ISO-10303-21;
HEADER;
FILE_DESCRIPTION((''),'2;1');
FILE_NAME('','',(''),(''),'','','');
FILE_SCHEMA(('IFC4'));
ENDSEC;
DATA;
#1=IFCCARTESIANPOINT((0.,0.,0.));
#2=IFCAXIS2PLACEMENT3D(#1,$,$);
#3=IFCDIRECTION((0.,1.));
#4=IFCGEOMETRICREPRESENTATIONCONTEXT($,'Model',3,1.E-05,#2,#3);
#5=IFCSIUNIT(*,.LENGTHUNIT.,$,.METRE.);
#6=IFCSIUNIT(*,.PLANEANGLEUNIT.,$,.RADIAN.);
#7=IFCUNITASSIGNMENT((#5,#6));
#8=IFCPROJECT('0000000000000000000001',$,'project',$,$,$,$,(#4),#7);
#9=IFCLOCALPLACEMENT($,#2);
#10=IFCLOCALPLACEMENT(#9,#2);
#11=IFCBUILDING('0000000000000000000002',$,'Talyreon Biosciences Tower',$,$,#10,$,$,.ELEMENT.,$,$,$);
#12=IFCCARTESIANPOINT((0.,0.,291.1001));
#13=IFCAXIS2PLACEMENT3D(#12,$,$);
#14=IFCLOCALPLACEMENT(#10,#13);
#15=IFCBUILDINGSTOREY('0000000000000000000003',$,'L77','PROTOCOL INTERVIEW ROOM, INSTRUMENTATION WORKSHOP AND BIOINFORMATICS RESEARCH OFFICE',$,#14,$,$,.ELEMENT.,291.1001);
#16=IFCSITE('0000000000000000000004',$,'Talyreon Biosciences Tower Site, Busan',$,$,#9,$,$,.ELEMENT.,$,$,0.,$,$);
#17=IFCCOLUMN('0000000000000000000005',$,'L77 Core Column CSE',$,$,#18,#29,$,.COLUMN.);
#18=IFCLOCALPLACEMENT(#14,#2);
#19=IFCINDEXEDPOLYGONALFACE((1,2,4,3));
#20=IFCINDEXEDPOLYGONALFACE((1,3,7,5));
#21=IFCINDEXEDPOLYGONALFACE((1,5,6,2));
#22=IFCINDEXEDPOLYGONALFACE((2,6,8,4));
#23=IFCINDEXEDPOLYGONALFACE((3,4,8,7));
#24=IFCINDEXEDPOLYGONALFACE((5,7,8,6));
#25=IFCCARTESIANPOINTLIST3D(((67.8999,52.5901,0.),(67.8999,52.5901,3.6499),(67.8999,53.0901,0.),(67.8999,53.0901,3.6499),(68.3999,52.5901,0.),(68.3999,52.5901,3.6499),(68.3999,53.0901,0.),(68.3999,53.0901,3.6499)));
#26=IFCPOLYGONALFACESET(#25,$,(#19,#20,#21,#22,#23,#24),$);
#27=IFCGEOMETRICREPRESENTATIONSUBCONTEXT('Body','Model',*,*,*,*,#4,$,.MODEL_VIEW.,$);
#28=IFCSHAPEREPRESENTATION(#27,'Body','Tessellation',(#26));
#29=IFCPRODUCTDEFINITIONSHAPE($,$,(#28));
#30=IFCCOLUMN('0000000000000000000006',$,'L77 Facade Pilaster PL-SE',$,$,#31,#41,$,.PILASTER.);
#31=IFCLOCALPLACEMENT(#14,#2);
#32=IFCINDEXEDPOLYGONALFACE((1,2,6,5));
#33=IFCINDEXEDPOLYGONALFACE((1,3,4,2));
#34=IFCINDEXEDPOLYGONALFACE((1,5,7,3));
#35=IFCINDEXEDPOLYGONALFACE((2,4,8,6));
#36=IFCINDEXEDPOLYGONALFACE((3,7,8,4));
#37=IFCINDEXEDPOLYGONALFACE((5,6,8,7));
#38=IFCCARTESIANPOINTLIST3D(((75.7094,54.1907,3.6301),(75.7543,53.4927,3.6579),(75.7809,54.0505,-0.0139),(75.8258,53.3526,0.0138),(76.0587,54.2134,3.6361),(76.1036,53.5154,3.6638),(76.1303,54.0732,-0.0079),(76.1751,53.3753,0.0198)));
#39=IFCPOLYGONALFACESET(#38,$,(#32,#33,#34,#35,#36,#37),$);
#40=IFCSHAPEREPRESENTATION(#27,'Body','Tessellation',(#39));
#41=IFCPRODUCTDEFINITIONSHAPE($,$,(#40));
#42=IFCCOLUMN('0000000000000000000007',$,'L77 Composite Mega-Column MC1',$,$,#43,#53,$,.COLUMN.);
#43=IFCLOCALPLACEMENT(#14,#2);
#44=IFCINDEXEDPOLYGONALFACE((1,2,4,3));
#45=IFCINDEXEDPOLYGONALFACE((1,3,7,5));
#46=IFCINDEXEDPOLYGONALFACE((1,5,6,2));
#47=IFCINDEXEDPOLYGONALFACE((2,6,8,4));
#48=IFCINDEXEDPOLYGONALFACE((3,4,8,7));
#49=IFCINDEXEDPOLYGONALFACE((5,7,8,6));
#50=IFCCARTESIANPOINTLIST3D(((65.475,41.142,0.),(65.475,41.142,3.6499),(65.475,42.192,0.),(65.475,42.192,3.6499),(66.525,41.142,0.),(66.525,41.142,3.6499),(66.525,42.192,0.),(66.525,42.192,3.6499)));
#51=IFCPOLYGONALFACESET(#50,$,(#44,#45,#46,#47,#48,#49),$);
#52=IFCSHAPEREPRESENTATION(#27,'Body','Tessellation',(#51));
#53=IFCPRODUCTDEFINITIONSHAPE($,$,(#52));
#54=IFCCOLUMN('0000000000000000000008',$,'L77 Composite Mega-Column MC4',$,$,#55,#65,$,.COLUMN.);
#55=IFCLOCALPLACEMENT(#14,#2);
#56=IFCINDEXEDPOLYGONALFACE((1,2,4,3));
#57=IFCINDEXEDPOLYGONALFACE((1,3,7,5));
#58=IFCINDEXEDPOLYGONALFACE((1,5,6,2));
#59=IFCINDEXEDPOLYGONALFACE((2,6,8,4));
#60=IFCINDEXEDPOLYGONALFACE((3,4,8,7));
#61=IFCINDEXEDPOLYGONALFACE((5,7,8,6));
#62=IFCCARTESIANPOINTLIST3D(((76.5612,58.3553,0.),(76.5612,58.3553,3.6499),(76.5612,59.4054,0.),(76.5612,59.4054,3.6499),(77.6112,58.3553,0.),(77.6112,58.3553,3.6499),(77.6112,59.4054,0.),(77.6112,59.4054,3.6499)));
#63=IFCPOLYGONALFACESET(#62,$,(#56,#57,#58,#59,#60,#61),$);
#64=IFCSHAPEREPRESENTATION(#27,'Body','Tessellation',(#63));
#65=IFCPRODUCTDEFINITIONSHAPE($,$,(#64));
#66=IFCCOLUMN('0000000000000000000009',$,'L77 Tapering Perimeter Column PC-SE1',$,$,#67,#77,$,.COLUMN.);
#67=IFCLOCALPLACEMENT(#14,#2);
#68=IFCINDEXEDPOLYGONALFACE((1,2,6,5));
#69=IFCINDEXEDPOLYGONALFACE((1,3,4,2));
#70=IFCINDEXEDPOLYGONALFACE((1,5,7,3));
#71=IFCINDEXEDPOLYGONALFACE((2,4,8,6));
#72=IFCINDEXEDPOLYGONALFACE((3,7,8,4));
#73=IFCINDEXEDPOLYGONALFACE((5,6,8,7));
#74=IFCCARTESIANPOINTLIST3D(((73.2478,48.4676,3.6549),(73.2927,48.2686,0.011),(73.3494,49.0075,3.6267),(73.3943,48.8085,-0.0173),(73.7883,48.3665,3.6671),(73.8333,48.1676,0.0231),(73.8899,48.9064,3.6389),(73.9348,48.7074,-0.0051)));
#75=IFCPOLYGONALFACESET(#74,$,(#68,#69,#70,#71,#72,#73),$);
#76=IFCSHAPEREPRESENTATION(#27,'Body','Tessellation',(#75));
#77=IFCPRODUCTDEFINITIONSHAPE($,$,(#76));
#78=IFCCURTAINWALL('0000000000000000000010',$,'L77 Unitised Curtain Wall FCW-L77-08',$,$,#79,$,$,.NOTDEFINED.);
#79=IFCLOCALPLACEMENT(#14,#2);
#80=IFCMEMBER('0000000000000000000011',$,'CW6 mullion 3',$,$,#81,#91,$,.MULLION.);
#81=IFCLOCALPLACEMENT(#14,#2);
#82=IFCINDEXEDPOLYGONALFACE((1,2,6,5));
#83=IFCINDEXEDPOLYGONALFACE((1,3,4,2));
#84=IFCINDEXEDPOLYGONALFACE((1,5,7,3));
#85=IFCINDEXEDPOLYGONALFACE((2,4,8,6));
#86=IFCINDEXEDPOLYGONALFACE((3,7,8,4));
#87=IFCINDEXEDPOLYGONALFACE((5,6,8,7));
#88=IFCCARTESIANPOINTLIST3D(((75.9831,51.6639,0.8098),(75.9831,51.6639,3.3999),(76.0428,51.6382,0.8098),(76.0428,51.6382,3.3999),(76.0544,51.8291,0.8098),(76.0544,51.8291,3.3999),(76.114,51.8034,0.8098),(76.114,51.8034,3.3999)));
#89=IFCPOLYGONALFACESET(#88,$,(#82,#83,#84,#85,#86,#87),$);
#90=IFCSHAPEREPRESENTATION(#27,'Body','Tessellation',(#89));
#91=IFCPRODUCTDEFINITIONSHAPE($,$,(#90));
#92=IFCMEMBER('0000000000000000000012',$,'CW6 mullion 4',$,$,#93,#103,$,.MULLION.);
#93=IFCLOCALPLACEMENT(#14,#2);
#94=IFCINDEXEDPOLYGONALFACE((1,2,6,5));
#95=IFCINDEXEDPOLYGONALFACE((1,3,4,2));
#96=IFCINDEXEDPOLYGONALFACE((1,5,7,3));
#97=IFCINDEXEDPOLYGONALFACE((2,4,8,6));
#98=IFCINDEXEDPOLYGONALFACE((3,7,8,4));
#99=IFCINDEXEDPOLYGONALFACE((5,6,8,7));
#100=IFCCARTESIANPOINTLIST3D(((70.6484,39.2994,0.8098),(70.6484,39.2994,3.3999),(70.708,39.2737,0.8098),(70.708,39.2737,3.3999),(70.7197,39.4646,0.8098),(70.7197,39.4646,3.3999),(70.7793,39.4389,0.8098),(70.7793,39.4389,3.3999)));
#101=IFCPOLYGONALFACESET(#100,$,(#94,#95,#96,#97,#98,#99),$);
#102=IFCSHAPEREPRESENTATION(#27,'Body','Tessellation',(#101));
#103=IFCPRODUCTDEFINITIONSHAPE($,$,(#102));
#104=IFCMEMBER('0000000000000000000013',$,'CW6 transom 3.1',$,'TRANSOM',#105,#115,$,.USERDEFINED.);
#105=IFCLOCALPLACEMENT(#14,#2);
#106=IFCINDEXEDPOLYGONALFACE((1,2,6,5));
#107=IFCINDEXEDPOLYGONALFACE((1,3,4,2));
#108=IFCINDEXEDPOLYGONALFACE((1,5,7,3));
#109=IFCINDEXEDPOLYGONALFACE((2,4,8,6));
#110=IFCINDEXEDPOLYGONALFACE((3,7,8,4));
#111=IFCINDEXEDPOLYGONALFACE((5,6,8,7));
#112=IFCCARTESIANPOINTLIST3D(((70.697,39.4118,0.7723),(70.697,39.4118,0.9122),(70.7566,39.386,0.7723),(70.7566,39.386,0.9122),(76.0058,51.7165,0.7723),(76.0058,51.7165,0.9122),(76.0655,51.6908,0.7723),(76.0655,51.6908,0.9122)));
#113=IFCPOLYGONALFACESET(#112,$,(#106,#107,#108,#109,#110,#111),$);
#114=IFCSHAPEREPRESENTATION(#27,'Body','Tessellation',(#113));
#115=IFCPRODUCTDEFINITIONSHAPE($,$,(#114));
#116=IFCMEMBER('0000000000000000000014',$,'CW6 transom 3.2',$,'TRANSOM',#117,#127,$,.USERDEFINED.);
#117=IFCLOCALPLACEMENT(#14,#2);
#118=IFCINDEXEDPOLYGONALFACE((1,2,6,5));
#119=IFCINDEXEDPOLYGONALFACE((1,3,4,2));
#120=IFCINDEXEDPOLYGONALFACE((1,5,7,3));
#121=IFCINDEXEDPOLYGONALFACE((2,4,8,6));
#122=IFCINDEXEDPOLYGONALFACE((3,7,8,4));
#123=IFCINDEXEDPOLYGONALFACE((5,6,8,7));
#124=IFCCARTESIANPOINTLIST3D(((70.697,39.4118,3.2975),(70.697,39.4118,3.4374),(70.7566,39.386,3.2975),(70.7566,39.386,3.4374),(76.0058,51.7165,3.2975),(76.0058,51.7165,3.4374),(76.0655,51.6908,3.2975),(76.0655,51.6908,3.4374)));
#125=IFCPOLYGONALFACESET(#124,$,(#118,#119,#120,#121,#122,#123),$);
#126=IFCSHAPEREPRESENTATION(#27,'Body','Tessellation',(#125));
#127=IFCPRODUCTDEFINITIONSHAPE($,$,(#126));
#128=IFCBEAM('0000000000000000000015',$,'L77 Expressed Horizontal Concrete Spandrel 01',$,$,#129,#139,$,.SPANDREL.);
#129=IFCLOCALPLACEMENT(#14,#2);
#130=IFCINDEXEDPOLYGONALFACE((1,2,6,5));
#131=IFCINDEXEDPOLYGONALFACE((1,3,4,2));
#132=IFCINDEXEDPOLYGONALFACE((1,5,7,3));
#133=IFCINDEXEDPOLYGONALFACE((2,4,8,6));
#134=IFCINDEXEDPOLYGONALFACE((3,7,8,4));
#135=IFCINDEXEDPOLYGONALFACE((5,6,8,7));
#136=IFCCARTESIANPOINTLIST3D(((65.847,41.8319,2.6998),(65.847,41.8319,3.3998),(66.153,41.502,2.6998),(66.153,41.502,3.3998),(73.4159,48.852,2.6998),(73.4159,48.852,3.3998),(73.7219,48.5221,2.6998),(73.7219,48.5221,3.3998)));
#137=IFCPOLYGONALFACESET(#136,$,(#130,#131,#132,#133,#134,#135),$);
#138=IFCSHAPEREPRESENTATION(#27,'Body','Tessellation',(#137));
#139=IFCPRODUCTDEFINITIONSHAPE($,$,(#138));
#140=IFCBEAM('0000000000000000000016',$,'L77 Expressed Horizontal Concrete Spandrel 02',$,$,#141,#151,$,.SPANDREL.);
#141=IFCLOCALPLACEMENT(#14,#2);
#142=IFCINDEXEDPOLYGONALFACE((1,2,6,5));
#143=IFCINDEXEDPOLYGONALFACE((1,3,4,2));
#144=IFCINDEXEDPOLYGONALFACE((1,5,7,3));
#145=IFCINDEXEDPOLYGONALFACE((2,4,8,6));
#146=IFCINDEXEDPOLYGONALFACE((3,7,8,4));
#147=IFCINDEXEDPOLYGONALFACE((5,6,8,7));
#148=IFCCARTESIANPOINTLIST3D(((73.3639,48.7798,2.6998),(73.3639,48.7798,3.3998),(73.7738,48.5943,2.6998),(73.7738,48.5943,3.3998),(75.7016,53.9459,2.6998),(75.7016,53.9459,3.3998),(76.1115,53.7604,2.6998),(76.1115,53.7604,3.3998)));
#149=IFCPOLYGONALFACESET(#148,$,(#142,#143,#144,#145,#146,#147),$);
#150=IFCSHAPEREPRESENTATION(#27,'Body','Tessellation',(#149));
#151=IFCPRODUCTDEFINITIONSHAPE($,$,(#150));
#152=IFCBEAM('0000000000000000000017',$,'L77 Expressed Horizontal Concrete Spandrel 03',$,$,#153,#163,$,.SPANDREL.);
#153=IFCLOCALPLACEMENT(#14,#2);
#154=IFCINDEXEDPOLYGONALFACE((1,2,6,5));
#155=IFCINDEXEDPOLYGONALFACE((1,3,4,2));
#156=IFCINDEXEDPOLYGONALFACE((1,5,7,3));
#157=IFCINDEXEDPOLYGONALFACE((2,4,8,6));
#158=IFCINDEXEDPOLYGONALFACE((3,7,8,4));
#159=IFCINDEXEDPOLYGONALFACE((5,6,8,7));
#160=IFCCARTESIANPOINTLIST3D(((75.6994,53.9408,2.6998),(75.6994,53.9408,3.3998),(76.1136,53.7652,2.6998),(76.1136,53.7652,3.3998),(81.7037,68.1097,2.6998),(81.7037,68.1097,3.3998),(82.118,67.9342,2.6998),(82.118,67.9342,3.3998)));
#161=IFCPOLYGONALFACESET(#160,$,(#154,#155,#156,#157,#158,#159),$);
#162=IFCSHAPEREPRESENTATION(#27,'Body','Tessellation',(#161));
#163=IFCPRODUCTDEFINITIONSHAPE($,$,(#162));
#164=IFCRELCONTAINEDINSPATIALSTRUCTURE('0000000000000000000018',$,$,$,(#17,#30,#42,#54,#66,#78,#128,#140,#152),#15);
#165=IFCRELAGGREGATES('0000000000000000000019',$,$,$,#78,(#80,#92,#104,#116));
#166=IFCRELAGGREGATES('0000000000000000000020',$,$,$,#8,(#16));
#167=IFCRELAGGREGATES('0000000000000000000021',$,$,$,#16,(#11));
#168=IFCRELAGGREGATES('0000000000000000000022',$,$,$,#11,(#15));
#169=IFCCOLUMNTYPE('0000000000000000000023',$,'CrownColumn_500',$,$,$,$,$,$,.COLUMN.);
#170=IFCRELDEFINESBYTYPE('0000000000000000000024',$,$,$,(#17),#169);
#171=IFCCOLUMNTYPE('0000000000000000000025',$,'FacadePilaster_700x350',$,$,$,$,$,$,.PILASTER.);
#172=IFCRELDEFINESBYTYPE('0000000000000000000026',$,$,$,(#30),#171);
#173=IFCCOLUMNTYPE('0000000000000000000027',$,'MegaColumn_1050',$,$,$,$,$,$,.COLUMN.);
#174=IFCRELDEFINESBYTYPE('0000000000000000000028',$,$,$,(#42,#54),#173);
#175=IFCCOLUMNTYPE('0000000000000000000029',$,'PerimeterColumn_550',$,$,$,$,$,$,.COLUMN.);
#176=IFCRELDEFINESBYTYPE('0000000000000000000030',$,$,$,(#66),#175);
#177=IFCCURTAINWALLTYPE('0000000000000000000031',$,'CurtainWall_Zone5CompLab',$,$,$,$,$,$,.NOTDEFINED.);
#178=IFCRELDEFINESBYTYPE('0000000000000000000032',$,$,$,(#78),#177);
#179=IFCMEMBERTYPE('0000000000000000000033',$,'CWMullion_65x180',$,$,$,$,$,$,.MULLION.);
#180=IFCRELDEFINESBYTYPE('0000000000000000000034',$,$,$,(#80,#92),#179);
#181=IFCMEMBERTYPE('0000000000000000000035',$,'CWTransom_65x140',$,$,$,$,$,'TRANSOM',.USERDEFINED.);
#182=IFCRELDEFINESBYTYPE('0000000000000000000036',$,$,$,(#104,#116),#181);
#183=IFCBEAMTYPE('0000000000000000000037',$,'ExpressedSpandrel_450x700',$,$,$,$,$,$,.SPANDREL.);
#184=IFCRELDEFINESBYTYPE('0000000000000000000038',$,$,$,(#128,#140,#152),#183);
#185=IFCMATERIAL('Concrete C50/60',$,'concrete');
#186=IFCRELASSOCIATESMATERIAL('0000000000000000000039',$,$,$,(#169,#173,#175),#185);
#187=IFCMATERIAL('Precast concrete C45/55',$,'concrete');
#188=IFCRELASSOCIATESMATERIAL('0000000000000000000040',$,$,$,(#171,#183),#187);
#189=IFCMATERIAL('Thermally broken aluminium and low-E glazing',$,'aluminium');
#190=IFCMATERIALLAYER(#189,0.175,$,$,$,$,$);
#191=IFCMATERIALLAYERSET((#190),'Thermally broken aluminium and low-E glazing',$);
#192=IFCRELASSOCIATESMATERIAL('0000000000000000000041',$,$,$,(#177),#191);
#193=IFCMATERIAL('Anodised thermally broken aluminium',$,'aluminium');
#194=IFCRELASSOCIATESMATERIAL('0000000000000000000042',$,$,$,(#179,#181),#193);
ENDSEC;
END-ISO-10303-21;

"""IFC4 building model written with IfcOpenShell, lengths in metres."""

from ifc_helpers import new_model, si_unit, direction, frame, origin, origin_2d, place, context, subcontext, project, spatial, rectangle, extrude, material, layer, layer_set, material_profile, profile_set, type_object, element, aggregate, save


model = new_model("IFC4")

# Units and contexts
model_context = context("Model", 3, precision=1e-05, world=origin(), true_north=direction((0.0, 1.0)))
body_context = subcontext(model_context, "Body", "Model", "MODEL_VIEW")
ifc_project = project(units=[si_unit("LENGTHUNIT", "METRE"), si_unit("PLANEANGLEUNIT", "RADIAN")], contexts=[model_context])

# Site, building, storey
site_placement = place(None, origin())
site = spatial("IfcSite", under=ifc_project, at=site_placement, Name="Talyreon Biosciences Tower Site, Busan", CompositionType="ELEMENT", RefElevation=0.0)
building_placement = place(site_placement, origin())
building = spatial("IfcBuilding", under=site, at=building_placement, Name="Talyreon Biosciences Tower", CompositionType="ELEMENT")
storey_placement = place(building_placement, frame((0.0, 0.0, 291.1001)))
storey = spatial("IfcBuildingStorey", under=building, at=storey_placement, Name="L77", Description="PROTOCOL INTERVIEW ROOM, INSTRUMENTATION WORKSHOP AND BIOINFORMATICS RESEARCH OFFICE", CompositionType="ELEMENT", Elevation=291.1001)

# Columns
ifc_material_1 = material(Name="Concrete C50/60", Category="concrete")
ifc_material_profile_1 = material_profile(ifc_material_1, rectangle(XDim=0.5, YDim=0.5, at=origin_2d()), Name="RC 500x500")
ifc_profile_set_1 = profile_set([ifc_material_profile_1], Name="Concrete C50/60")
column_type_1 = type_object("IfcColumnType", Name="CrownColumn_500", PredefinedType="COLUMN", material=ifc_profile_set_1)
column_1_placement = place(storey_placement, frame((68.1499, 52.8401, 0.0), z_axis=(0.0, 0.0, 1.0), x_axis=(1.0, 0.0, 0.0)))
element("IfcColumn", 1, at=column_1_placement, inside=storey, type_object=column_type_1, Name="L77 Core Column CSE", PredefinedType="COLUMN", context=body_context, shape_type="SweptSolid", body=[
    extrude(rectangle(XDim=0.5, YDim=0.5, at=origin_2d()), origin(), (0.0, 0.0, 1.0), 3.6499),
])
ifc_material_2 = material(Name="Precast concrete C45/55", Category="concrete")
ifc_material_profile_2 = material_profile(ifc_material_2, rectangle(XDim=0.7, YDim=0.3501, at=origin_2d()), Name="RC 700x350")
ifc_profile_set_2 = profile_set([ifc_material_profile_2], Name="Precast concrete C45/55")
column_type_2 = type_object("IfcColumnType", Name="FacadePilaster_700x350", PredefinedType="PILASTER", material=ifc_profile_set_2)
column_2_placement = place(storey_placement, frame((75.978, 53.7129, 0.0029), z_axis=(-0.019612, 0.038421, 0.999069), x_axis=(0.064077, -0.997159, 0.039605)))
element("IfcColumn", 2, at=column_2_placement, inside=storey, type_object=column_type_2, Name="L77 Facade Pilaster PL-SE", PredefinedType="PILASTER", context=body_context, shape_type="SweptSolid", body=[
    extrude(rectangle(XDim=0.7, YDim=0.3501, at=origin_2d()), origin(), (0.0, 0.0, 1.0), 3.6475),
])
ifc_material_profile_3 = material_profile(ifc_material_1, rectangle(XDim=1.05, YDim=1.05, at=origin_2d()), Name="RC 1050x1050")
ifc_profile_set_3 = profile_set([ifc_material_profile_3], Name="Concrete C50/60")
column_type_3 = type_object("IfcColumnType", Name="MegaColumn_1050", PredefinedType="COLUMN", material=ifc_profile_set_3)
for number, where, z_axis, x_axis, name in (
    (3, (66.0, 41.667, 0.0), (0.0, 0.0, 1.0), (1.0, 0.0, 0.0), "L77 Composite Mega-Column MC1"),
    (4, (77.0862, 58.8804, 0.0), (0.0, 0.0, 1.0), (1.0, 0.0, 0.0), "L77 Composite Mega-Column MC4"),
):
    element("IfcColumn", number, at=place(storey_placement, frame(where, z_axis=z_axis, x_axis=x_axis)), inside=storey, type_object=column_type_3, Name=name, PredefinedType="COLUMN", context=body_context, shape_type="SweptSolid", body=[
        extrude(rectangle(XDim=1.05, YDim=1.05, at=origin_2d()), origin(), (0.0, 0.0, 1.0), 3.6499),
    ])
ifc_material_profile_4 = material_profile(ifc_material_1, rectangle(XDim=0.55, YDim=0.55, at=origin_2d()), Name="RC 550x550")
ifc_profile_set_4 = profile_set([ifc_material_profile_4], Name="Concrete C50/60")
column_type_4 = type_object("IfcColumnType", Name="PerimeterColumn_550", PredefinedType="COLUMN", material=ifc_profile_set_4)
column_3_placement = place(storey_placement, frame((73.6138, 48.488, 0.0029), z_axis=(-0.012308, 0.054517, 0.998437), x_axis=(-0.184676, -0.981459, 0.051314)))
element("IfcColumn", 5, at=column_3_placement, inside=storey, type_object=column_type_4, Name="L77 Tapering Perimeter Column PC-SE1", PredefinedType="COLUMN", context=body_context, shape_type="SweptSolid", body=[
    extrude(rectangle(XDim=0.55, YDim=0.55, at=origin_2d()), origin(), (0.0, 0.0, 1.0), 3.6497),
])

# Curtain wall, members
ifc_material_3 = material(Name="Thermally broken aluminium and low-E glazing", Category="aluminium")
ifc_layer_1 = layer(ifc_material_3, 0.175)
ifc_layer_set_1 = layer_set([ifc_layer_1], Name="Thermally broken aluminium and low-E glazing")
curtain_wall_type = type_object("IfcCurtainWallType", Name="CurtainWall_Zone5CompLab", PredefinedType="NOTDEFINED", material=ifc_layer_set_1)
curtain_wall_placement = place(storey_placement, origin())
curtain_wall = element("IfcCurtainWall", 6, at=curtain_wall_placement, inside=storey, type_object=curtain_wall_type, Name="L77 Unitised Curtain Wall FCW-L77-08", PredefinedType="NOTDEFINED")
ifc_material_4 = material(Name="Anodised thermally broken aluminium", Category="aluminium")
ifc_material_profile_5 = material_profile(ifc_material_4, rectangle(XDim=0.0649, YDim=0.1799, at=origin_2d()), Name="ALUM MULLION 65x180")
ifc_profile_set_5 = profile_set([ifc_material_profile_5], Name="Anodised thermally broken aluminium")
member_type_1 = type_object("IfcMemberType", Name="CWMullion_65x180", PredefinedType="MULLION", material=ifc_profile_set_5)
member_1_placement = place(storey_placement, frame((76.0486, 51.7336, 0.8098), z_axis=(0.0, 0.0, 1.0), x_axis=(0.918187, -0.396147, 0.0)))
member_1 = element("IfcMember", 7, at=member_1_placement, type_object=member_type_1, Name="CW6 mullion 3", PredefinedType="MULLION", context=body_context, shape_type="SweptSolid", body=[
    extrude(rectangle(XDim=0.0649, YDim=0.1799, at=origin_2d()), origin(), (0.0, 0.0, 1.0), 2.5901),
])
member_2_placement = place(storey_placement, frame((70.7139, 39.3691, 0.8098), z_axis=(0.0, 0.0, 1.0), x_axis=(0.918187, -0.396147, 0.0)))
member_2 = element("IfcMember", 8, at=member_2_placement, type_object=member_type_1, Name="CW6 mullion 4", PredefinedType="MULLION", context=body_context, shape_type="SweptSolid", body=[
    extrude(rectangle(XDim=0.0649, YDim=0.1799, at=origin_2d()), origin(), (0.0, 0.0, 1.0), 2.5901),
])
ifc_material_profile_6 = material_profile(ifc_material_4, rectangle(XDim=0.0649, YDim=0.1399, at=origin_2d()), Name="ALUM TRANSOM 65x140")
ifc_profile_set_6 = profile_set([ifc_material_profile_6], Name="Anodised thermally broken aluminium")
member_type_2 = type_object("IfcMemberType", Name="CWTransom_65x140", ElementType="TRANSOM", PredefinedType="USERDEFINED", material=ifc_profile_set_6)
member_3_placement = place(storey_placement, frame((76.0356, 51.7036, 0.8423), z_axis=(-0.39615, -0.918186, 0.0), x_axis=(0.918186, -0.39615, 0.0)))
member_3 = element("IfcMember", 9, at=member_3_placement, type_object=member_type_2, Name="CW6 transom 3.1", ObjectType="TRANSOM", PredefinedType="USERDEFINED", context=body_context, shape_type="SweptSolid", body=[
    extrude(rectangle(XDim=0.0649, YDim=0.1399, at=origin_2d()), origin(), (0.0, 0.0, 1.0), 13.4011),
])
member_4_placement = place(storey_placement, frame((76.0356, 51.7036, 3.3674), z_axis=(-0.39615, -0.918186, 0.0), x_axis=(0.918186, -0.39615, 0.0)))
member_4 = element("IfcMember", 10, at=member_4_placement, type_object=member_type_2, Name="CW6 transom 3.2", ObjectType="TRANSOM", PredefinedType="USERDEFINED", context=body_context, shape_type="SweptSolid", body=[
    extrude(rectangle(XDim=0.0649, YDim=0.1399, at=origin_2d()), origin(), (0.0, 0.0, 1.0), 13.4011),
])

# Beams
ifc_material_profile_7 = material_profile(ifc_material_2, rectangle(XDim=0.45, YDim=0.7, at=origin_2d()), Name="RCB 450x700")
ifc_profile_set_7 = profile_set([ifc_material_profile_7], Name="Precast concrete C45/55")
beam_type_1 = type_object("IfcBeamType", Name="ExpressedSpandrel_450x700", PredefinedType="SPANDREL", material=ifc_profile_set_7)
beam_1_placement = place(storey_placement, frame((66.0, 41.667, 3.0498), z_axis=(0.733189, 0.680025, 0.0), x_axis=(-0.680025, 0.733189, 0.0)))
element("IfcBeam", 11, at=beam_1_placement, inside=storey, type_object=beam_type_1, Name="L77 Expressed Horizontal Concrete Spandrel 01", PredefinedType="SPANDREL", context=body_context, shape_type="SweptSolid", body=[
    extrude(rectangle(XDim=0.45, YDim=0.7, at=origin_2d()), origin(), (0.0, 0.0, 1.0), 10.3232),
])
beam_2_placement = place(storey_placement, frame((73.5688, 48.687, 3.0498), z_axis=(0.412261, 0.911066, 0.0), x_axis=(-0.911066, 0.412261, 0.0)))
element("IfcBeam", 12, at=beam_2_placement, inside=storey, type_object=beam_type_1, Name="L77 Expressed Horizontal Concrete Spandrel 02", PredefinedType="SPANDREL", context=body_context, shape_type="SweptSolid", body=[
    extrude(rectangle(XDim=0.45, YDim=0.7, at=origin_2d()), origin(), (0.0, 0.0, 1.0), 5.6704),
])
beam_3_placement = place(storey_placement, frame((75.9065, 53.853, 3.0498), z_axis=(0.390182, 0.920738, 0.0), x_axis=(-0.920738, 0.390182, 0.0)))
element("IfcBeam", 13, at=beam_3_placement, inside=storey, type_object=beam_type_1, Name="L77 Expressed Horizontal Concrete Spandrel 03", PredefinedType="SPANDREL", context=body_context, shape_type="SweptSolid", body=[
    extrude(rectangle(XDim=0.45, YDim=0.7, at=origin_2d()), origin(), (0.0, 0.0, 1.0), 15.3887),
])

aggregate(curtain_wall, [member_1, member_2, member_3, member_4])

save(model, "model.ifc")
